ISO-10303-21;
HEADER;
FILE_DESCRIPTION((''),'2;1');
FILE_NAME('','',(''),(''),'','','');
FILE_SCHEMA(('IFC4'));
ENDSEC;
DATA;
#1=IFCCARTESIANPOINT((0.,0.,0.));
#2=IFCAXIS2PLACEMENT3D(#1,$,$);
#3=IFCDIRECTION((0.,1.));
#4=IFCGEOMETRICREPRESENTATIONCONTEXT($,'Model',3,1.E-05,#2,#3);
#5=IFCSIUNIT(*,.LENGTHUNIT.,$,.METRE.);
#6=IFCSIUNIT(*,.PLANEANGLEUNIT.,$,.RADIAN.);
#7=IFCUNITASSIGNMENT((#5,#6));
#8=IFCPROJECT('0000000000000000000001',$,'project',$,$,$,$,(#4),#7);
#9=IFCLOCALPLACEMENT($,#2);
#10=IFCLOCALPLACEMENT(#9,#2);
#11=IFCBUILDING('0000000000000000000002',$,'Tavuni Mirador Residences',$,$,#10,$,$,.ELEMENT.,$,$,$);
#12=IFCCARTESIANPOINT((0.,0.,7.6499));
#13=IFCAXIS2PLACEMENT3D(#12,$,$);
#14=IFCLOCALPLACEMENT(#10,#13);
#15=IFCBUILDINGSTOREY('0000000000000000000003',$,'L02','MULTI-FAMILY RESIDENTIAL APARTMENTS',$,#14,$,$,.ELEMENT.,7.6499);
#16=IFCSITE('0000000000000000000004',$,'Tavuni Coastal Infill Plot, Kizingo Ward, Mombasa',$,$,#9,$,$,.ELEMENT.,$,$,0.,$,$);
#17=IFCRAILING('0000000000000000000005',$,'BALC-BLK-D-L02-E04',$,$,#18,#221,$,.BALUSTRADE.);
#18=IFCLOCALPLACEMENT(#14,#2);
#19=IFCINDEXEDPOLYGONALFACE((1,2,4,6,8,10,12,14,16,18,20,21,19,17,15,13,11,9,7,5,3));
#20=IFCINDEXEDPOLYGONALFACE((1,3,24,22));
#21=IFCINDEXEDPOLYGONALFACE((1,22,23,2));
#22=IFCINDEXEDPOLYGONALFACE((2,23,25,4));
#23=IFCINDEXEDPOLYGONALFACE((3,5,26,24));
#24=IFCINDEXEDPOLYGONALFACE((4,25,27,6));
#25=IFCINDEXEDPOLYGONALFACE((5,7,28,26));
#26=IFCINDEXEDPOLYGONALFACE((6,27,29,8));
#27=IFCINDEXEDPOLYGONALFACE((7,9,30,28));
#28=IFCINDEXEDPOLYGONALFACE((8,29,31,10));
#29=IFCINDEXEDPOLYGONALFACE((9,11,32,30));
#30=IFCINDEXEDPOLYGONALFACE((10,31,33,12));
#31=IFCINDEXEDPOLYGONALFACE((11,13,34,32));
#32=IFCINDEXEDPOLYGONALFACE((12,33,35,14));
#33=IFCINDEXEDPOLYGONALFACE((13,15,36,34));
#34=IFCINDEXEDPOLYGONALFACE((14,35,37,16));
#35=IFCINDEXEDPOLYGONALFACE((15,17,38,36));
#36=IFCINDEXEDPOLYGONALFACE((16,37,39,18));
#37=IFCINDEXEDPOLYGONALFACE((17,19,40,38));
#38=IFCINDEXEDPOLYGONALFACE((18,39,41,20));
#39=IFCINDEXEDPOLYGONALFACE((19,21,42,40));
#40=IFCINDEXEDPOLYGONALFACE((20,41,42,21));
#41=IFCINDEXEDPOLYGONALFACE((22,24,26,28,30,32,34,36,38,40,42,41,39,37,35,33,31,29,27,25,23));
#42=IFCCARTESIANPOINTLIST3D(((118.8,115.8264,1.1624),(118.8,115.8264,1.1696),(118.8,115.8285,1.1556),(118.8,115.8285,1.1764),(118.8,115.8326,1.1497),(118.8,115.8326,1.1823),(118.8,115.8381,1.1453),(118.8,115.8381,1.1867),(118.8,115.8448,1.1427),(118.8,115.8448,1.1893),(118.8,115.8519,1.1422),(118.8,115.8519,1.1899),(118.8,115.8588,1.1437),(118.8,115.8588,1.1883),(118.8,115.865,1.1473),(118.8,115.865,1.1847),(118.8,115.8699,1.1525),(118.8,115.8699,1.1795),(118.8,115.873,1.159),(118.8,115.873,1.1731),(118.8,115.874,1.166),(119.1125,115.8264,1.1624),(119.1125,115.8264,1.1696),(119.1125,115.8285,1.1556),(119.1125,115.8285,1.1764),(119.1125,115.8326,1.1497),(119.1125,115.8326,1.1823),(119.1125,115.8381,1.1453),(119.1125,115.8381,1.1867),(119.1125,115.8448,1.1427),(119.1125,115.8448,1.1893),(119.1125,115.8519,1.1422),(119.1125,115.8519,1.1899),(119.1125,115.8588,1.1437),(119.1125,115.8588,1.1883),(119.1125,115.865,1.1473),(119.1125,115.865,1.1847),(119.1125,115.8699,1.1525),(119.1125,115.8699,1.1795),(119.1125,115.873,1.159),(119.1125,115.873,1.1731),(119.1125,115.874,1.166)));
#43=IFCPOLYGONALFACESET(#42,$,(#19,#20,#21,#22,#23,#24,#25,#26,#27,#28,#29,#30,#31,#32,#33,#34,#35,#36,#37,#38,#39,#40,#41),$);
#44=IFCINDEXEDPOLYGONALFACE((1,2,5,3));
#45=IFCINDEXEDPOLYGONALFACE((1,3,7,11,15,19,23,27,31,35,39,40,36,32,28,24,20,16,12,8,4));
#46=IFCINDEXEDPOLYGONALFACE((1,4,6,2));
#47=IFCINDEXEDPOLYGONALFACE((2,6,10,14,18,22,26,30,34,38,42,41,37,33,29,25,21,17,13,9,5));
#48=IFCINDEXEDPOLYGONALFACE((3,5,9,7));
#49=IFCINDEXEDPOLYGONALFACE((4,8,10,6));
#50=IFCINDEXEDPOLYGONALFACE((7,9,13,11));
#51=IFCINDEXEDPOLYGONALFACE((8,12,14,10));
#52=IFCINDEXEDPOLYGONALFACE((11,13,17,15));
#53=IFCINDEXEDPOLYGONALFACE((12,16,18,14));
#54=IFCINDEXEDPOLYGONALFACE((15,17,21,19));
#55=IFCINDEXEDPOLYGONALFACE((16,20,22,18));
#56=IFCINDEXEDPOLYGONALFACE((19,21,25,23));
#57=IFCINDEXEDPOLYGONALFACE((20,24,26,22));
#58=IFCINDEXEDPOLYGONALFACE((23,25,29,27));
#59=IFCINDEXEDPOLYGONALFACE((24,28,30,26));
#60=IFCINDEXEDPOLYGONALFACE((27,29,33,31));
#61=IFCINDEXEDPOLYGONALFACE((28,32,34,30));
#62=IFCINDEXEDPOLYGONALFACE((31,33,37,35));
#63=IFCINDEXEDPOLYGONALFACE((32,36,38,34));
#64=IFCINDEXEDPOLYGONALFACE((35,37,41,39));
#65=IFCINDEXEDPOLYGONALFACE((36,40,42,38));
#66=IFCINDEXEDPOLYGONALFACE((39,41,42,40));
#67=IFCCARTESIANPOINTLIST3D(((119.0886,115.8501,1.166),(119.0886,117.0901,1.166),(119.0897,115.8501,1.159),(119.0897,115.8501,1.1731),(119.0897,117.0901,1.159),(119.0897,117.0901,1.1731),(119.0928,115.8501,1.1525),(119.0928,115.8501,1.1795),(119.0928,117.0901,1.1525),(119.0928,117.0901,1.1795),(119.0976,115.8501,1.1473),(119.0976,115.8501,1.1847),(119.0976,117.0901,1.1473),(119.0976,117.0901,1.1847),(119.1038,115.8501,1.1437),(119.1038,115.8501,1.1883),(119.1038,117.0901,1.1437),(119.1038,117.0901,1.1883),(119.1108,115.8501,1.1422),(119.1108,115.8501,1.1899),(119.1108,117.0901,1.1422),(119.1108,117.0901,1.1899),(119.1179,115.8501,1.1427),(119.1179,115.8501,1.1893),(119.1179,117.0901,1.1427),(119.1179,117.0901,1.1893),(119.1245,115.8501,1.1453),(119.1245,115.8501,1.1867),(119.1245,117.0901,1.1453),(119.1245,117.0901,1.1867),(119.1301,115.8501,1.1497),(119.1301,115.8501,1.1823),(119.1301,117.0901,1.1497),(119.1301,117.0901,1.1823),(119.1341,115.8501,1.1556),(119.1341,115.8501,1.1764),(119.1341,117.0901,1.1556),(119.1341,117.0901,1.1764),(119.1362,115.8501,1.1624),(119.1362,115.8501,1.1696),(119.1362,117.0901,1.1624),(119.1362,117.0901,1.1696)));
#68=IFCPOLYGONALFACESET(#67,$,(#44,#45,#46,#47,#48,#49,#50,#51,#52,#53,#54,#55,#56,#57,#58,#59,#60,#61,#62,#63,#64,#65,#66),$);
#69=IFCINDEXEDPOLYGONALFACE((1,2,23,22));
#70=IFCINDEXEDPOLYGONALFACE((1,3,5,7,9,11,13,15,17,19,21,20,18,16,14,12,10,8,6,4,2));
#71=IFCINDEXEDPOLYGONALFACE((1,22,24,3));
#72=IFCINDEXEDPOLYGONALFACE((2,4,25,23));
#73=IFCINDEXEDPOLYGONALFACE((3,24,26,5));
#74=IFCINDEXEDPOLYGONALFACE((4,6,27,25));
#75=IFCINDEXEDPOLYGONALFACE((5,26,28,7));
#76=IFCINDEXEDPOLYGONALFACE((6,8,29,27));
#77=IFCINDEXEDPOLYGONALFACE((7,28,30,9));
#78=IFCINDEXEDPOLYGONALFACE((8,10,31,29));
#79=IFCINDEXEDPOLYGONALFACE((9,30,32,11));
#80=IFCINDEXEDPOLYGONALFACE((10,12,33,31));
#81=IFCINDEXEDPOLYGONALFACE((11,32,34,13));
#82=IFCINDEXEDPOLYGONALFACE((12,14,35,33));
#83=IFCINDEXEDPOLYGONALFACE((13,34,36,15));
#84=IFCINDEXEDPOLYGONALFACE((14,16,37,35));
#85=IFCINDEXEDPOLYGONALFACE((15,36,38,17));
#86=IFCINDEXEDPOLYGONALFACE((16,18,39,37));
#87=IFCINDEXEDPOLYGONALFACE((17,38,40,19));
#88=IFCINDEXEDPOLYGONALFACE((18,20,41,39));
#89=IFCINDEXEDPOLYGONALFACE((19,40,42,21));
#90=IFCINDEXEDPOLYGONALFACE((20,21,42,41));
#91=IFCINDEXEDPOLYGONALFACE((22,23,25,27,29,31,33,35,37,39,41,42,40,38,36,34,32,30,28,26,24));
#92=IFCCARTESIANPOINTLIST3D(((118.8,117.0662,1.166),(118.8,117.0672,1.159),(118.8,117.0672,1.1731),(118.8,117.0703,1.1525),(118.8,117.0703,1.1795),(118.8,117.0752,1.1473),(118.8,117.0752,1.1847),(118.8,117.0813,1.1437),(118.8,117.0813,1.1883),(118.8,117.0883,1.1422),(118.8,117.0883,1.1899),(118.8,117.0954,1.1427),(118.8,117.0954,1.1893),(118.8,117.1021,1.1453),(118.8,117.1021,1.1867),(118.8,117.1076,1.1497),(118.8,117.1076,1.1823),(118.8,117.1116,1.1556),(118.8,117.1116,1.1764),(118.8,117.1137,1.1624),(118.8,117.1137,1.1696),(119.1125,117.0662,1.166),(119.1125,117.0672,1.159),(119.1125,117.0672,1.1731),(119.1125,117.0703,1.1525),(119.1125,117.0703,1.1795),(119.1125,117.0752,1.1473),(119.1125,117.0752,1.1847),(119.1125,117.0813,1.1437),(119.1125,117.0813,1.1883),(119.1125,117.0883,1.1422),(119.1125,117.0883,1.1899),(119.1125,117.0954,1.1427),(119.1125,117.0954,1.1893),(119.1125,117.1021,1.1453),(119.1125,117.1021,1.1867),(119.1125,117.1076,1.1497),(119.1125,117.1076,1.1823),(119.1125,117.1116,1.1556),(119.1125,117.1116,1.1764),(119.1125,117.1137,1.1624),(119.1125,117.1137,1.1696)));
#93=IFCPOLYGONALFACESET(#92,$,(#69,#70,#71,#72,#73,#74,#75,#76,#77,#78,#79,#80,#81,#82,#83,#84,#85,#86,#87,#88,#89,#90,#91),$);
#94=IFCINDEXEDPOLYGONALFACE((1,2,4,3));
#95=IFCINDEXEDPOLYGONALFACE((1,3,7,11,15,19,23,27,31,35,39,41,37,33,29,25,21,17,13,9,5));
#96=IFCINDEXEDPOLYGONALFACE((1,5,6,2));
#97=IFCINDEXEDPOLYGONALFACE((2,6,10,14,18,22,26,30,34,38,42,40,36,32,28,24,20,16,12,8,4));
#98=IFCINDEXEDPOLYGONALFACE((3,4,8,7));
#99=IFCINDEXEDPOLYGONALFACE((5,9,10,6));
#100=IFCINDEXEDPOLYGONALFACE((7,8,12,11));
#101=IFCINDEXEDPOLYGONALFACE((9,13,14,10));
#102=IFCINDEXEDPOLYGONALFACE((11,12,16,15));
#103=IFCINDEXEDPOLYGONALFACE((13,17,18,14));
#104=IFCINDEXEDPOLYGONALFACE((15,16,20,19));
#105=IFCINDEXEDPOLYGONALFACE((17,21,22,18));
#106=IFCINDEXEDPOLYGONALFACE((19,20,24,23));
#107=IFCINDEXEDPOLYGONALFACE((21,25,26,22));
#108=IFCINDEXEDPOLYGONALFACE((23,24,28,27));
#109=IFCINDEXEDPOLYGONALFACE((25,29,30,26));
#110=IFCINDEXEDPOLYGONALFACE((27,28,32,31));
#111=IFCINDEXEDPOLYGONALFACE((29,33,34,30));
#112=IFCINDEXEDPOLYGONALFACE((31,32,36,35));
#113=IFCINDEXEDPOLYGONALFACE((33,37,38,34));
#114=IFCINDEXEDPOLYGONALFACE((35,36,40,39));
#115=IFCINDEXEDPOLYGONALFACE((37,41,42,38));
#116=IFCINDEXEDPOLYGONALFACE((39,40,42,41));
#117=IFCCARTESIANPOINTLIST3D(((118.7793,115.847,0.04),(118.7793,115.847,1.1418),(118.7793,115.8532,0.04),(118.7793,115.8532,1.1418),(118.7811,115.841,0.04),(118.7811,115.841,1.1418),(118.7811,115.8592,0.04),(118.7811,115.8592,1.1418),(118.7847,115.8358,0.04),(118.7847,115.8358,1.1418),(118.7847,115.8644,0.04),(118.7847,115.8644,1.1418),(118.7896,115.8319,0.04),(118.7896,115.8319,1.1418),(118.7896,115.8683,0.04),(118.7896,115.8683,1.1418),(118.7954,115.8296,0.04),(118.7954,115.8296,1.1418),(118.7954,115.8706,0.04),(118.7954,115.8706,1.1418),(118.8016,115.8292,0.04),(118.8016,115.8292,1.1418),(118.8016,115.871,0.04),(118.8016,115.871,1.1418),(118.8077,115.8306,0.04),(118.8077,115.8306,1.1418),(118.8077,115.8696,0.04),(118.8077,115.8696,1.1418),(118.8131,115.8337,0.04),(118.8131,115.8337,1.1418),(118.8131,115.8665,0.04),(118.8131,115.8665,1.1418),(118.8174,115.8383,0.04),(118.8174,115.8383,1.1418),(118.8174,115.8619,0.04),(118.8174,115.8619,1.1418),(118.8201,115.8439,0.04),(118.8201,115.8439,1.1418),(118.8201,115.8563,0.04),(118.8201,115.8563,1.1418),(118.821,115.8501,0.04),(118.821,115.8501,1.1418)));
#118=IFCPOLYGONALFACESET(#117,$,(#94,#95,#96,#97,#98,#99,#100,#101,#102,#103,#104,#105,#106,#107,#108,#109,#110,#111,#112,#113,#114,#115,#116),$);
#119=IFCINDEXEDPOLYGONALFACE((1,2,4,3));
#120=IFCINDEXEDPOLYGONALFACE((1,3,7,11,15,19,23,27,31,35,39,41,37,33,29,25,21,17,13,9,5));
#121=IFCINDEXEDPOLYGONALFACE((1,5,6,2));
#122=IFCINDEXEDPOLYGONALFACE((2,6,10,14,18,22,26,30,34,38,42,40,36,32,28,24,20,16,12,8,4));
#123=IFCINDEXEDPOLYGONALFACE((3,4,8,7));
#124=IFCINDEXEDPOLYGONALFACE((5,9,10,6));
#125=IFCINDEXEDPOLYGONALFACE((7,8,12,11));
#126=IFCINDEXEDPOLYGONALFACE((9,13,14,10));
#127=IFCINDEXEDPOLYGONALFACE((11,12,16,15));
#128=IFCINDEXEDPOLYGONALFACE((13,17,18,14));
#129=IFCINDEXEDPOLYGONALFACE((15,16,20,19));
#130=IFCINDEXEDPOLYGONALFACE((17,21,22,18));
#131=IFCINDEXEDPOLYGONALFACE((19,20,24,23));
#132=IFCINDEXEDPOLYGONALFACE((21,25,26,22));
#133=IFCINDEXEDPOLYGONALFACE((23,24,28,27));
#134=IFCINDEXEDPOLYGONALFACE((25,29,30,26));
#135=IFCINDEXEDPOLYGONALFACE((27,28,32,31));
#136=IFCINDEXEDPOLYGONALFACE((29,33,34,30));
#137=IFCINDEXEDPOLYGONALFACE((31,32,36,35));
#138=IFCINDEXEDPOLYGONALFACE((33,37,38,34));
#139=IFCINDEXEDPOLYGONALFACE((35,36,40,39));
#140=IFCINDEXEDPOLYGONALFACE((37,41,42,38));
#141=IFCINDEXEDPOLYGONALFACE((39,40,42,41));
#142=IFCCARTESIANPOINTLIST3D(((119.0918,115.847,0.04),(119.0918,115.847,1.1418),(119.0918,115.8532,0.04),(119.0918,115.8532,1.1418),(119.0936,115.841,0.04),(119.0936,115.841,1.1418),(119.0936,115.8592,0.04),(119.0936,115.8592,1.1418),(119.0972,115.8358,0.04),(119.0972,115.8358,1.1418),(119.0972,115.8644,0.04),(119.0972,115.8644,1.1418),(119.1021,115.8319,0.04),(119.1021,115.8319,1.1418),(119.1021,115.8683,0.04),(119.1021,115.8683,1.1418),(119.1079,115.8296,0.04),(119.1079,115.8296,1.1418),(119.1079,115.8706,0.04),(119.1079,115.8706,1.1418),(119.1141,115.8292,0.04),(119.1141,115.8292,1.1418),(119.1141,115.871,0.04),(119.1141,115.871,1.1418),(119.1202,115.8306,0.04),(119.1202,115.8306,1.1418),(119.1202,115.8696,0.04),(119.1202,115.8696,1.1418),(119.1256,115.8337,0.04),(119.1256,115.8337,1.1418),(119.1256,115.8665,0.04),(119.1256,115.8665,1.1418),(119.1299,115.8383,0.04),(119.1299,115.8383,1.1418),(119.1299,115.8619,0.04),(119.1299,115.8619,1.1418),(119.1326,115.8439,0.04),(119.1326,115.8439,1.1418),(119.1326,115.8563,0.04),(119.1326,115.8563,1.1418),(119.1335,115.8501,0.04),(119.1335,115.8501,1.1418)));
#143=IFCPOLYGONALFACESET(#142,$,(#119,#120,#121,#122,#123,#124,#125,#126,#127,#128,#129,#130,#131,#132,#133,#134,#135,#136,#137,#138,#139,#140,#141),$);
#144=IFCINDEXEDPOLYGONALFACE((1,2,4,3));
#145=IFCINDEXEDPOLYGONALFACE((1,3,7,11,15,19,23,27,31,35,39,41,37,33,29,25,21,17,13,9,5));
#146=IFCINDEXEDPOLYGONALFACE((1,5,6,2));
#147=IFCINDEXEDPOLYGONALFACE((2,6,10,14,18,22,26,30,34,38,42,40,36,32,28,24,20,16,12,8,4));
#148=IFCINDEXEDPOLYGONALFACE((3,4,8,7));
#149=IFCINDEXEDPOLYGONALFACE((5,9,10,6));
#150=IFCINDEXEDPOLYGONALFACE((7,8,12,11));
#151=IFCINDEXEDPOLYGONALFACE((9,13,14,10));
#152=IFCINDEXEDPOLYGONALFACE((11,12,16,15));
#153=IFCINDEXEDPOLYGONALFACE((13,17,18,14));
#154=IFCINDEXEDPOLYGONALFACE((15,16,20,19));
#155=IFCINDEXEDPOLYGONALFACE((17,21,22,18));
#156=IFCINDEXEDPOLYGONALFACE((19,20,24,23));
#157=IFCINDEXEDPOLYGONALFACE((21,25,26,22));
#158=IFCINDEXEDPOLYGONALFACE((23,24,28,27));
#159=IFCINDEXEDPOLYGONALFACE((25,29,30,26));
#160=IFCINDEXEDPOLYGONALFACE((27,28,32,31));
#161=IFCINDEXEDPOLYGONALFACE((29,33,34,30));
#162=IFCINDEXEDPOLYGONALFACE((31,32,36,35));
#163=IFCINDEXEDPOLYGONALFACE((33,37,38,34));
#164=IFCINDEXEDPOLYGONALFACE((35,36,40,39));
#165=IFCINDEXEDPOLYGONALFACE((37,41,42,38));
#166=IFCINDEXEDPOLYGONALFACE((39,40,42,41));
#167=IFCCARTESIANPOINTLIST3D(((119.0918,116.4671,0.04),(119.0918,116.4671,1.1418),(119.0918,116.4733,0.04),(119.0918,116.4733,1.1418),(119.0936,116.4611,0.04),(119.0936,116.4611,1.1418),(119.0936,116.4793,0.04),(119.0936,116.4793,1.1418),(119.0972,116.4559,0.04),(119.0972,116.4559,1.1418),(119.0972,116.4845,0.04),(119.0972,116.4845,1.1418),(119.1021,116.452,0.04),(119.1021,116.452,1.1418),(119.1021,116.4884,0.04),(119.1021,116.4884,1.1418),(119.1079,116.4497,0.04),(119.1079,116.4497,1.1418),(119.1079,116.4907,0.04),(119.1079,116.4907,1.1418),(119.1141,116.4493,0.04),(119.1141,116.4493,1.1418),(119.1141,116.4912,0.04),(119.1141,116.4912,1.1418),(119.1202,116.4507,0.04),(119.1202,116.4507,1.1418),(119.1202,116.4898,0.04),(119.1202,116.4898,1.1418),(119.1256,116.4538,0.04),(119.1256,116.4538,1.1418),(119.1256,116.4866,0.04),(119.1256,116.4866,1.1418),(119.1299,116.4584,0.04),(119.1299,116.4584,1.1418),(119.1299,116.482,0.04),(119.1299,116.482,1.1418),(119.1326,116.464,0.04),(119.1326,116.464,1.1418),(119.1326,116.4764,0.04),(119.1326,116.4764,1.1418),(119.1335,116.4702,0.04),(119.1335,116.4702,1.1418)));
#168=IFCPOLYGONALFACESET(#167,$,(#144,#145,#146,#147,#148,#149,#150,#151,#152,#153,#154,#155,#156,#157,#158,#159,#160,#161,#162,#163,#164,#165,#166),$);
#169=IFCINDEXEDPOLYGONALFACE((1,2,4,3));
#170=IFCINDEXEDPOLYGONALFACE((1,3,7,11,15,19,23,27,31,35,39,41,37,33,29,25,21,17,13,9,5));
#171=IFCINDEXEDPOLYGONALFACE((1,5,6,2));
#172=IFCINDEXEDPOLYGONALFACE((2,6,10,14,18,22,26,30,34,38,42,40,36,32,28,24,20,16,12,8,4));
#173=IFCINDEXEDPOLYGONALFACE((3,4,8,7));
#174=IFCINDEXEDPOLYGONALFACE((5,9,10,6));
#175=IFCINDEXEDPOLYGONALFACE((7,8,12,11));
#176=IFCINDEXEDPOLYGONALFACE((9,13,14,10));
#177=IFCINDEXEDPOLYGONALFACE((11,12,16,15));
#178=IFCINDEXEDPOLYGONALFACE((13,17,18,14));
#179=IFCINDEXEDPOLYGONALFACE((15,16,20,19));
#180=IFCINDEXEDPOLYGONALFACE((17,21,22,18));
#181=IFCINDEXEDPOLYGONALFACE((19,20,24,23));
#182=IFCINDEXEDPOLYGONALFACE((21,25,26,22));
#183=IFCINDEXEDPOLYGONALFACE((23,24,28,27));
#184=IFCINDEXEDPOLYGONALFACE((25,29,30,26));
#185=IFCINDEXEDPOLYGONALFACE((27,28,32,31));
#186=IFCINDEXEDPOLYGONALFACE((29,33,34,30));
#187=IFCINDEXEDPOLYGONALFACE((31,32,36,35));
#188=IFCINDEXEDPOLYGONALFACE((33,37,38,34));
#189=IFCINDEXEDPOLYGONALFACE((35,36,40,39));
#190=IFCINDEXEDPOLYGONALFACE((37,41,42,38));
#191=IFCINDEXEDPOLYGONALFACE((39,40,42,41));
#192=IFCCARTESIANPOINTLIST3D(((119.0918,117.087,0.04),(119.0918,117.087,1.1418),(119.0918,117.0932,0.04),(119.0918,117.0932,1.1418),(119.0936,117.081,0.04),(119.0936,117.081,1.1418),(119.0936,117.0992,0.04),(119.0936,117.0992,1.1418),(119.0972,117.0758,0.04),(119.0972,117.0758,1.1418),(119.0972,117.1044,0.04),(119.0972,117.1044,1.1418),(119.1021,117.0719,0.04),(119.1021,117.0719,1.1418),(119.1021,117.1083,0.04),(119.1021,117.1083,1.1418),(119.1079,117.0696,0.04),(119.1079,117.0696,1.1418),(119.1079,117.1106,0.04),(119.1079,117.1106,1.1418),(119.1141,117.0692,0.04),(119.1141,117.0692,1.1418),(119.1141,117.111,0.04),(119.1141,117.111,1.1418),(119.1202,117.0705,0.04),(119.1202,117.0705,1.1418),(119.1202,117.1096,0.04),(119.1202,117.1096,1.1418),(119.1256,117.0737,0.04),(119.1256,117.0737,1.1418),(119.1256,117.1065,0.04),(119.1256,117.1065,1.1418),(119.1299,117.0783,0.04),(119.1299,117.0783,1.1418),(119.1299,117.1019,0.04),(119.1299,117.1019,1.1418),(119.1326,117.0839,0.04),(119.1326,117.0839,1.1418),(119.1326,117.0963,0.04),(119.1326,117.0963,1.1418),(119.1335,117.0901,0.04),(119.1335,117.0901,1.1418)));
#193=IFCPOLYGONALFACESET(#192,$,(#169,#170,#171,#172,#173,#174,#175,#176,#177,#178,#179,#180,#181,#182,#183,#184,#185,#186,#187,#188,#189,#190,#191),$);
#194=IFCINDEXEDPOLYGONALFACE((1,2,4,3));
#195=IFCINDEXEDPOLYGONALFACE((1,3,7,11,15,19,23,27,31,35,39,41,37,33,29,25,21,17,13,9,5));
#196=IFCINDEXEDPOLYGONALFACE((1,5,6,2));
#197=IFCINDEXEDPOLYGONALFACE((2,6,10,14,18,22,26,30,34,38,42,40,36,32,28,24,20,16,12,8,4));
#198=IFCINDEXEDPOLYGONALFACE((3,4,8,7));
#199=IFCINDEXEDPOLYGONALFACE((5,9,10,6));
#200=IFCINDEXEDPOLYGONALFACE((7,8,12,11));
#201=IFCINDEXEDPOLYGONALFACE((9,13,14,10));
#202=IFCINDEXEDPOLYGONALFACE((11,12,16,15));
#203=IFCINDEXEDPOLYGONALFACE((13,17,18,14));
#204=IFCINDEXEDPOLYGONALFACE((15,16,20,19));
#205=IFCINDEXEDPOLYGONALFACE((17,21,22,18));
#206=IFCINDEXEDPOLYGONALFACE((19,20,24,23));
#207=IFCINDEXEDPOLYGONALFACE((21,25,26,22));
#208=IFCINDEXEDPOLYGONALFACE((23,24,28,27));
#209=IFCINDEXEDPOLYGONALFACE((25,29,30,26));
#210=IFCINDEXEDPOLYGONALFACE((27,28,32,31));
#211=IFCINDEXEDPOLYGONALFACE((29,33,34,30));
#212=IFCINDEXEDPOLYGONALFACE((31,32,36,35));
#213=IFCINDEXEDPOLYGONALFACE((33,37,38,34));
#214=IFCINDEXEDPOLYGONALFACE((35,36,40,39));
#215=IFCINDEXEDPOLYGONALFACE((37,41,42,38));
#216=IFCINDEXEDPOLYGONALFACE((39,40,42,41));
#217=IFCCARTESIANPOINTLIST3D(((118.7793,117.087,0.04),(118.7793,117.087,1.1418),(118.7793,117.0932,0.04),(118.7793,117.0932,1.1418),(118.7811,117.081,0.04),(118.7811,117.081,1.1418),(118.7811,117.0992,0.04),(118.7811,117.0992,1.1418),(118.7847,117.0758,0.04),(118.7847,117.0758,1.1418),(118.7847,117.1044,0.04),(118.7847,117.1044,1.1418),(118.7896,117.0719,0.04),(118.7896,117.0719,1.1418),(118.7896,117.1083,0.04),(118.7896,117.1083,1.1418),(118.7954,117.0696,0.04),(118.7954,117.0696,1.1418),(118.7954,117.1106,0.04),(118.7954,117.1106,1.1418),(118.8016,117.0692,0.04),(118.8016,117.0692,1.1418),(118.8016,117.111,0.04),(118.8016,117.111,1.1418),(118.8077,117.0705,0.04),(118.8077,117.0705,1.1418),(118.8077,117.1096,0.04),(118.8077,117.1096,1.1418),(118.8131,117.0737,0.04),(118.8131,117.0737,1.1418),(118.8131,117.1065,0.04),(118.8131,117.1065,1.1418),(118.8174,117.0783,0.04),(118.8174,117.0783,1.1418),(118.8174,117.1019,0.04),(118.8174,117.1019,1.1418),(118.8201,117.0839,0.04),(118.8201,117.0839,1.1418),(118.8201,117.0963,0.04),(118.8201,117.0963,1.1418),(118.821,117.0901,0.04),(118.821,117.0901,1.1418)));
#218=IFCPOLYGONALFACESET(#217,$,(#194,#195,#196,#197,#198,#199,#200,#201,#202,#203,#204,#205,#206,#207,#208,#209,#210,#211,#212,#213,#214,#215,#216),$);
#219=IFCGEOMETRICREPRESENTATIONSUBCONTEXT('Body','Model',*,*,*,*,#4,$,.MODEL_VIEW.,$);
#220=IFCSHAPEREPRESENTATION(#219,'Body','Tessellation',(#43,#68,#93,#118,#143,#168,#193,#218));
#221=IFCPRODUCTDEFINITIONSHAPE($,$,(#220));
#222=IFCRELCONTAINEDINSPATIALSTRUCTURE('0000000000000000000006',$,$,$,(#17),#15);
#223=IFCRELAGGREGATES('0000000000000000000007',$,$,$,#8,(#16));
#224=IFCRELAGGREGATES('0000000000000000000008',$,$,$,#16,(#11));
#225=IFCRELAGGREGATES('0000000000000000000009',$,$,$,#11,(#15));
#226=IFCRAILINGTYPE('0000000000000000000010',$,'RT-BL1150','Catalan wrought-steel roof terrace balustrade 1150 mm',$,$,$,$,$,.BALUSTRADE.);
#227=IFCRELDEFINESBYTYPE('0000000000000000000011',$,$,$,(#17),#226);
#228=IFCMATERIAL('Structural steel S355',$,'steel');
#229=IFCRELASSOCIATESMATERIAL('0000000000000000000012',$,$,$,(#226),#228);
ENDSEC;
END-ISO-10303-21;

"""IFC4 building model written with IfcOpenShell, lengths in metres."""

from ifc_helpers import new_model, si_unit, direction, frame, origin, origin_2d, place, context, subcontext, project, spatial, circle, extrude, material, type_object, element, save


model = new_model("IFC4")

# Units and contexts
model_context = context("Model", 3, precision=1e-05, world=origin(), true_north=direction((0.0, 1.0)))
body_context = subcontext(model_context, "Body", "Model", "MODEL_VIEW")
ifc_project = project(units=[si_unit("LENGTHUNIT", "METRE"), si_unit("PLANEANGLEUNIT", "RADIAN")], contexts=[model_context])

# Site, building, storey
site_placement = place(None, origin())
site = spatial("IfcSite", under=ifc_project, at=site_placement, Name="Tavuni Coastal Infill Plot, Kizingo Ward, Mombasa", CompositionType="ELEMENT", RefElevation=0.0)
building_placement = place(site_placement, origin())
building = spatial("IfcBuilding", under=site, at=building_placement, Name="Tavuni Mirador Residences", CompositionType="ELEMENT")
storey_placement = place(building_placement, frame((0.0, 0.0, 7.6499)))
storey = spatial("IfcBuildingStorey", under=building, at=storey_placement, Name="L02", Description="MULTI-FAMILY RESIDENTIAL APARTMENTS", CompositionType="ELEMENT", Elevation=7.6499)

# Shared definitions
ifc_material_1 = material(Name="Structural steel S355", Category="steel")

# Railing
railing_type_1 = type_object("IfcRailingType", Name="RT-BL1150", Description="Catalan wrought-steel roof terrace balustrade 1150 mm", PredefinedType="BALUSTRADE", material=ifc_material_1)
railing_1_placement = place(storey_placement, frame((118.8, 115.8501, 0.04)))
element("IfcRailing", 1, at=railing_1_placement, inside=storey, type_object=railing_type_1, Name="BALC-BLK-D-L02-E04", PredefinedType="BALUSTRADE", context=body_context, shape_type="SweptSolid", body=[
    extrude(circle(Radius=0.0239, at=origin_2d()), frame((0.0, 0.0, 1.126), z_axis=(1.0, 0.0, 0.0), x_axis=(0.0, 1.0, 0.0)), (0.0, 0.0, 1.0), 0.3125),
    extrude(circle(Radius=0.0239, at=origin_2d()), frame((0.3125, 0.0, 1.126), z_axis=(0.0, 1.0, 0.0), x_axis=(-1.0, 0.0, 0.0)), (0.0, 0.0, 1.0), 1.24),
    extrude(circle(Radius=0.0239, at=origin_2d()), frame((0.3125, 1.24, 1.126), z_axis=(-1.0, 0.0, 0.0), x_axis=(0.0, -1.0, 0.0)), (0.0, 0.0, 1.0), 0.3125),
    extrude(circle(Radius=0.021, at=origin_2d()), origin(), (0.0, 0.0, 1.0), 1.1018),
    extrude(circle(Radius=0.021, at=origin_2d()), frame((0.3125, 0.0, 0.0)), (0.0, 0.0, 1.0), 1.1018),
    extrude(circle(Radius=0.021, at=origin_2d()), frame((0.3125, 0.6201, 0.0)), (0.0, 0.0, 1.0), 1.1018),
    extrude(circle(Radius=0.021, at=origin_2d()), frame((0.3125, 1.24, 0.0)), (0.0, 0.0, 1.0), 1.1018),
    extrude(circle(Radius=0.021, at=origin_2d()), frame((0.0, 1.24, 0.0)), (0.0, 0.0, 1.0), 1.1018),
])

save(model, "model.ifc")
